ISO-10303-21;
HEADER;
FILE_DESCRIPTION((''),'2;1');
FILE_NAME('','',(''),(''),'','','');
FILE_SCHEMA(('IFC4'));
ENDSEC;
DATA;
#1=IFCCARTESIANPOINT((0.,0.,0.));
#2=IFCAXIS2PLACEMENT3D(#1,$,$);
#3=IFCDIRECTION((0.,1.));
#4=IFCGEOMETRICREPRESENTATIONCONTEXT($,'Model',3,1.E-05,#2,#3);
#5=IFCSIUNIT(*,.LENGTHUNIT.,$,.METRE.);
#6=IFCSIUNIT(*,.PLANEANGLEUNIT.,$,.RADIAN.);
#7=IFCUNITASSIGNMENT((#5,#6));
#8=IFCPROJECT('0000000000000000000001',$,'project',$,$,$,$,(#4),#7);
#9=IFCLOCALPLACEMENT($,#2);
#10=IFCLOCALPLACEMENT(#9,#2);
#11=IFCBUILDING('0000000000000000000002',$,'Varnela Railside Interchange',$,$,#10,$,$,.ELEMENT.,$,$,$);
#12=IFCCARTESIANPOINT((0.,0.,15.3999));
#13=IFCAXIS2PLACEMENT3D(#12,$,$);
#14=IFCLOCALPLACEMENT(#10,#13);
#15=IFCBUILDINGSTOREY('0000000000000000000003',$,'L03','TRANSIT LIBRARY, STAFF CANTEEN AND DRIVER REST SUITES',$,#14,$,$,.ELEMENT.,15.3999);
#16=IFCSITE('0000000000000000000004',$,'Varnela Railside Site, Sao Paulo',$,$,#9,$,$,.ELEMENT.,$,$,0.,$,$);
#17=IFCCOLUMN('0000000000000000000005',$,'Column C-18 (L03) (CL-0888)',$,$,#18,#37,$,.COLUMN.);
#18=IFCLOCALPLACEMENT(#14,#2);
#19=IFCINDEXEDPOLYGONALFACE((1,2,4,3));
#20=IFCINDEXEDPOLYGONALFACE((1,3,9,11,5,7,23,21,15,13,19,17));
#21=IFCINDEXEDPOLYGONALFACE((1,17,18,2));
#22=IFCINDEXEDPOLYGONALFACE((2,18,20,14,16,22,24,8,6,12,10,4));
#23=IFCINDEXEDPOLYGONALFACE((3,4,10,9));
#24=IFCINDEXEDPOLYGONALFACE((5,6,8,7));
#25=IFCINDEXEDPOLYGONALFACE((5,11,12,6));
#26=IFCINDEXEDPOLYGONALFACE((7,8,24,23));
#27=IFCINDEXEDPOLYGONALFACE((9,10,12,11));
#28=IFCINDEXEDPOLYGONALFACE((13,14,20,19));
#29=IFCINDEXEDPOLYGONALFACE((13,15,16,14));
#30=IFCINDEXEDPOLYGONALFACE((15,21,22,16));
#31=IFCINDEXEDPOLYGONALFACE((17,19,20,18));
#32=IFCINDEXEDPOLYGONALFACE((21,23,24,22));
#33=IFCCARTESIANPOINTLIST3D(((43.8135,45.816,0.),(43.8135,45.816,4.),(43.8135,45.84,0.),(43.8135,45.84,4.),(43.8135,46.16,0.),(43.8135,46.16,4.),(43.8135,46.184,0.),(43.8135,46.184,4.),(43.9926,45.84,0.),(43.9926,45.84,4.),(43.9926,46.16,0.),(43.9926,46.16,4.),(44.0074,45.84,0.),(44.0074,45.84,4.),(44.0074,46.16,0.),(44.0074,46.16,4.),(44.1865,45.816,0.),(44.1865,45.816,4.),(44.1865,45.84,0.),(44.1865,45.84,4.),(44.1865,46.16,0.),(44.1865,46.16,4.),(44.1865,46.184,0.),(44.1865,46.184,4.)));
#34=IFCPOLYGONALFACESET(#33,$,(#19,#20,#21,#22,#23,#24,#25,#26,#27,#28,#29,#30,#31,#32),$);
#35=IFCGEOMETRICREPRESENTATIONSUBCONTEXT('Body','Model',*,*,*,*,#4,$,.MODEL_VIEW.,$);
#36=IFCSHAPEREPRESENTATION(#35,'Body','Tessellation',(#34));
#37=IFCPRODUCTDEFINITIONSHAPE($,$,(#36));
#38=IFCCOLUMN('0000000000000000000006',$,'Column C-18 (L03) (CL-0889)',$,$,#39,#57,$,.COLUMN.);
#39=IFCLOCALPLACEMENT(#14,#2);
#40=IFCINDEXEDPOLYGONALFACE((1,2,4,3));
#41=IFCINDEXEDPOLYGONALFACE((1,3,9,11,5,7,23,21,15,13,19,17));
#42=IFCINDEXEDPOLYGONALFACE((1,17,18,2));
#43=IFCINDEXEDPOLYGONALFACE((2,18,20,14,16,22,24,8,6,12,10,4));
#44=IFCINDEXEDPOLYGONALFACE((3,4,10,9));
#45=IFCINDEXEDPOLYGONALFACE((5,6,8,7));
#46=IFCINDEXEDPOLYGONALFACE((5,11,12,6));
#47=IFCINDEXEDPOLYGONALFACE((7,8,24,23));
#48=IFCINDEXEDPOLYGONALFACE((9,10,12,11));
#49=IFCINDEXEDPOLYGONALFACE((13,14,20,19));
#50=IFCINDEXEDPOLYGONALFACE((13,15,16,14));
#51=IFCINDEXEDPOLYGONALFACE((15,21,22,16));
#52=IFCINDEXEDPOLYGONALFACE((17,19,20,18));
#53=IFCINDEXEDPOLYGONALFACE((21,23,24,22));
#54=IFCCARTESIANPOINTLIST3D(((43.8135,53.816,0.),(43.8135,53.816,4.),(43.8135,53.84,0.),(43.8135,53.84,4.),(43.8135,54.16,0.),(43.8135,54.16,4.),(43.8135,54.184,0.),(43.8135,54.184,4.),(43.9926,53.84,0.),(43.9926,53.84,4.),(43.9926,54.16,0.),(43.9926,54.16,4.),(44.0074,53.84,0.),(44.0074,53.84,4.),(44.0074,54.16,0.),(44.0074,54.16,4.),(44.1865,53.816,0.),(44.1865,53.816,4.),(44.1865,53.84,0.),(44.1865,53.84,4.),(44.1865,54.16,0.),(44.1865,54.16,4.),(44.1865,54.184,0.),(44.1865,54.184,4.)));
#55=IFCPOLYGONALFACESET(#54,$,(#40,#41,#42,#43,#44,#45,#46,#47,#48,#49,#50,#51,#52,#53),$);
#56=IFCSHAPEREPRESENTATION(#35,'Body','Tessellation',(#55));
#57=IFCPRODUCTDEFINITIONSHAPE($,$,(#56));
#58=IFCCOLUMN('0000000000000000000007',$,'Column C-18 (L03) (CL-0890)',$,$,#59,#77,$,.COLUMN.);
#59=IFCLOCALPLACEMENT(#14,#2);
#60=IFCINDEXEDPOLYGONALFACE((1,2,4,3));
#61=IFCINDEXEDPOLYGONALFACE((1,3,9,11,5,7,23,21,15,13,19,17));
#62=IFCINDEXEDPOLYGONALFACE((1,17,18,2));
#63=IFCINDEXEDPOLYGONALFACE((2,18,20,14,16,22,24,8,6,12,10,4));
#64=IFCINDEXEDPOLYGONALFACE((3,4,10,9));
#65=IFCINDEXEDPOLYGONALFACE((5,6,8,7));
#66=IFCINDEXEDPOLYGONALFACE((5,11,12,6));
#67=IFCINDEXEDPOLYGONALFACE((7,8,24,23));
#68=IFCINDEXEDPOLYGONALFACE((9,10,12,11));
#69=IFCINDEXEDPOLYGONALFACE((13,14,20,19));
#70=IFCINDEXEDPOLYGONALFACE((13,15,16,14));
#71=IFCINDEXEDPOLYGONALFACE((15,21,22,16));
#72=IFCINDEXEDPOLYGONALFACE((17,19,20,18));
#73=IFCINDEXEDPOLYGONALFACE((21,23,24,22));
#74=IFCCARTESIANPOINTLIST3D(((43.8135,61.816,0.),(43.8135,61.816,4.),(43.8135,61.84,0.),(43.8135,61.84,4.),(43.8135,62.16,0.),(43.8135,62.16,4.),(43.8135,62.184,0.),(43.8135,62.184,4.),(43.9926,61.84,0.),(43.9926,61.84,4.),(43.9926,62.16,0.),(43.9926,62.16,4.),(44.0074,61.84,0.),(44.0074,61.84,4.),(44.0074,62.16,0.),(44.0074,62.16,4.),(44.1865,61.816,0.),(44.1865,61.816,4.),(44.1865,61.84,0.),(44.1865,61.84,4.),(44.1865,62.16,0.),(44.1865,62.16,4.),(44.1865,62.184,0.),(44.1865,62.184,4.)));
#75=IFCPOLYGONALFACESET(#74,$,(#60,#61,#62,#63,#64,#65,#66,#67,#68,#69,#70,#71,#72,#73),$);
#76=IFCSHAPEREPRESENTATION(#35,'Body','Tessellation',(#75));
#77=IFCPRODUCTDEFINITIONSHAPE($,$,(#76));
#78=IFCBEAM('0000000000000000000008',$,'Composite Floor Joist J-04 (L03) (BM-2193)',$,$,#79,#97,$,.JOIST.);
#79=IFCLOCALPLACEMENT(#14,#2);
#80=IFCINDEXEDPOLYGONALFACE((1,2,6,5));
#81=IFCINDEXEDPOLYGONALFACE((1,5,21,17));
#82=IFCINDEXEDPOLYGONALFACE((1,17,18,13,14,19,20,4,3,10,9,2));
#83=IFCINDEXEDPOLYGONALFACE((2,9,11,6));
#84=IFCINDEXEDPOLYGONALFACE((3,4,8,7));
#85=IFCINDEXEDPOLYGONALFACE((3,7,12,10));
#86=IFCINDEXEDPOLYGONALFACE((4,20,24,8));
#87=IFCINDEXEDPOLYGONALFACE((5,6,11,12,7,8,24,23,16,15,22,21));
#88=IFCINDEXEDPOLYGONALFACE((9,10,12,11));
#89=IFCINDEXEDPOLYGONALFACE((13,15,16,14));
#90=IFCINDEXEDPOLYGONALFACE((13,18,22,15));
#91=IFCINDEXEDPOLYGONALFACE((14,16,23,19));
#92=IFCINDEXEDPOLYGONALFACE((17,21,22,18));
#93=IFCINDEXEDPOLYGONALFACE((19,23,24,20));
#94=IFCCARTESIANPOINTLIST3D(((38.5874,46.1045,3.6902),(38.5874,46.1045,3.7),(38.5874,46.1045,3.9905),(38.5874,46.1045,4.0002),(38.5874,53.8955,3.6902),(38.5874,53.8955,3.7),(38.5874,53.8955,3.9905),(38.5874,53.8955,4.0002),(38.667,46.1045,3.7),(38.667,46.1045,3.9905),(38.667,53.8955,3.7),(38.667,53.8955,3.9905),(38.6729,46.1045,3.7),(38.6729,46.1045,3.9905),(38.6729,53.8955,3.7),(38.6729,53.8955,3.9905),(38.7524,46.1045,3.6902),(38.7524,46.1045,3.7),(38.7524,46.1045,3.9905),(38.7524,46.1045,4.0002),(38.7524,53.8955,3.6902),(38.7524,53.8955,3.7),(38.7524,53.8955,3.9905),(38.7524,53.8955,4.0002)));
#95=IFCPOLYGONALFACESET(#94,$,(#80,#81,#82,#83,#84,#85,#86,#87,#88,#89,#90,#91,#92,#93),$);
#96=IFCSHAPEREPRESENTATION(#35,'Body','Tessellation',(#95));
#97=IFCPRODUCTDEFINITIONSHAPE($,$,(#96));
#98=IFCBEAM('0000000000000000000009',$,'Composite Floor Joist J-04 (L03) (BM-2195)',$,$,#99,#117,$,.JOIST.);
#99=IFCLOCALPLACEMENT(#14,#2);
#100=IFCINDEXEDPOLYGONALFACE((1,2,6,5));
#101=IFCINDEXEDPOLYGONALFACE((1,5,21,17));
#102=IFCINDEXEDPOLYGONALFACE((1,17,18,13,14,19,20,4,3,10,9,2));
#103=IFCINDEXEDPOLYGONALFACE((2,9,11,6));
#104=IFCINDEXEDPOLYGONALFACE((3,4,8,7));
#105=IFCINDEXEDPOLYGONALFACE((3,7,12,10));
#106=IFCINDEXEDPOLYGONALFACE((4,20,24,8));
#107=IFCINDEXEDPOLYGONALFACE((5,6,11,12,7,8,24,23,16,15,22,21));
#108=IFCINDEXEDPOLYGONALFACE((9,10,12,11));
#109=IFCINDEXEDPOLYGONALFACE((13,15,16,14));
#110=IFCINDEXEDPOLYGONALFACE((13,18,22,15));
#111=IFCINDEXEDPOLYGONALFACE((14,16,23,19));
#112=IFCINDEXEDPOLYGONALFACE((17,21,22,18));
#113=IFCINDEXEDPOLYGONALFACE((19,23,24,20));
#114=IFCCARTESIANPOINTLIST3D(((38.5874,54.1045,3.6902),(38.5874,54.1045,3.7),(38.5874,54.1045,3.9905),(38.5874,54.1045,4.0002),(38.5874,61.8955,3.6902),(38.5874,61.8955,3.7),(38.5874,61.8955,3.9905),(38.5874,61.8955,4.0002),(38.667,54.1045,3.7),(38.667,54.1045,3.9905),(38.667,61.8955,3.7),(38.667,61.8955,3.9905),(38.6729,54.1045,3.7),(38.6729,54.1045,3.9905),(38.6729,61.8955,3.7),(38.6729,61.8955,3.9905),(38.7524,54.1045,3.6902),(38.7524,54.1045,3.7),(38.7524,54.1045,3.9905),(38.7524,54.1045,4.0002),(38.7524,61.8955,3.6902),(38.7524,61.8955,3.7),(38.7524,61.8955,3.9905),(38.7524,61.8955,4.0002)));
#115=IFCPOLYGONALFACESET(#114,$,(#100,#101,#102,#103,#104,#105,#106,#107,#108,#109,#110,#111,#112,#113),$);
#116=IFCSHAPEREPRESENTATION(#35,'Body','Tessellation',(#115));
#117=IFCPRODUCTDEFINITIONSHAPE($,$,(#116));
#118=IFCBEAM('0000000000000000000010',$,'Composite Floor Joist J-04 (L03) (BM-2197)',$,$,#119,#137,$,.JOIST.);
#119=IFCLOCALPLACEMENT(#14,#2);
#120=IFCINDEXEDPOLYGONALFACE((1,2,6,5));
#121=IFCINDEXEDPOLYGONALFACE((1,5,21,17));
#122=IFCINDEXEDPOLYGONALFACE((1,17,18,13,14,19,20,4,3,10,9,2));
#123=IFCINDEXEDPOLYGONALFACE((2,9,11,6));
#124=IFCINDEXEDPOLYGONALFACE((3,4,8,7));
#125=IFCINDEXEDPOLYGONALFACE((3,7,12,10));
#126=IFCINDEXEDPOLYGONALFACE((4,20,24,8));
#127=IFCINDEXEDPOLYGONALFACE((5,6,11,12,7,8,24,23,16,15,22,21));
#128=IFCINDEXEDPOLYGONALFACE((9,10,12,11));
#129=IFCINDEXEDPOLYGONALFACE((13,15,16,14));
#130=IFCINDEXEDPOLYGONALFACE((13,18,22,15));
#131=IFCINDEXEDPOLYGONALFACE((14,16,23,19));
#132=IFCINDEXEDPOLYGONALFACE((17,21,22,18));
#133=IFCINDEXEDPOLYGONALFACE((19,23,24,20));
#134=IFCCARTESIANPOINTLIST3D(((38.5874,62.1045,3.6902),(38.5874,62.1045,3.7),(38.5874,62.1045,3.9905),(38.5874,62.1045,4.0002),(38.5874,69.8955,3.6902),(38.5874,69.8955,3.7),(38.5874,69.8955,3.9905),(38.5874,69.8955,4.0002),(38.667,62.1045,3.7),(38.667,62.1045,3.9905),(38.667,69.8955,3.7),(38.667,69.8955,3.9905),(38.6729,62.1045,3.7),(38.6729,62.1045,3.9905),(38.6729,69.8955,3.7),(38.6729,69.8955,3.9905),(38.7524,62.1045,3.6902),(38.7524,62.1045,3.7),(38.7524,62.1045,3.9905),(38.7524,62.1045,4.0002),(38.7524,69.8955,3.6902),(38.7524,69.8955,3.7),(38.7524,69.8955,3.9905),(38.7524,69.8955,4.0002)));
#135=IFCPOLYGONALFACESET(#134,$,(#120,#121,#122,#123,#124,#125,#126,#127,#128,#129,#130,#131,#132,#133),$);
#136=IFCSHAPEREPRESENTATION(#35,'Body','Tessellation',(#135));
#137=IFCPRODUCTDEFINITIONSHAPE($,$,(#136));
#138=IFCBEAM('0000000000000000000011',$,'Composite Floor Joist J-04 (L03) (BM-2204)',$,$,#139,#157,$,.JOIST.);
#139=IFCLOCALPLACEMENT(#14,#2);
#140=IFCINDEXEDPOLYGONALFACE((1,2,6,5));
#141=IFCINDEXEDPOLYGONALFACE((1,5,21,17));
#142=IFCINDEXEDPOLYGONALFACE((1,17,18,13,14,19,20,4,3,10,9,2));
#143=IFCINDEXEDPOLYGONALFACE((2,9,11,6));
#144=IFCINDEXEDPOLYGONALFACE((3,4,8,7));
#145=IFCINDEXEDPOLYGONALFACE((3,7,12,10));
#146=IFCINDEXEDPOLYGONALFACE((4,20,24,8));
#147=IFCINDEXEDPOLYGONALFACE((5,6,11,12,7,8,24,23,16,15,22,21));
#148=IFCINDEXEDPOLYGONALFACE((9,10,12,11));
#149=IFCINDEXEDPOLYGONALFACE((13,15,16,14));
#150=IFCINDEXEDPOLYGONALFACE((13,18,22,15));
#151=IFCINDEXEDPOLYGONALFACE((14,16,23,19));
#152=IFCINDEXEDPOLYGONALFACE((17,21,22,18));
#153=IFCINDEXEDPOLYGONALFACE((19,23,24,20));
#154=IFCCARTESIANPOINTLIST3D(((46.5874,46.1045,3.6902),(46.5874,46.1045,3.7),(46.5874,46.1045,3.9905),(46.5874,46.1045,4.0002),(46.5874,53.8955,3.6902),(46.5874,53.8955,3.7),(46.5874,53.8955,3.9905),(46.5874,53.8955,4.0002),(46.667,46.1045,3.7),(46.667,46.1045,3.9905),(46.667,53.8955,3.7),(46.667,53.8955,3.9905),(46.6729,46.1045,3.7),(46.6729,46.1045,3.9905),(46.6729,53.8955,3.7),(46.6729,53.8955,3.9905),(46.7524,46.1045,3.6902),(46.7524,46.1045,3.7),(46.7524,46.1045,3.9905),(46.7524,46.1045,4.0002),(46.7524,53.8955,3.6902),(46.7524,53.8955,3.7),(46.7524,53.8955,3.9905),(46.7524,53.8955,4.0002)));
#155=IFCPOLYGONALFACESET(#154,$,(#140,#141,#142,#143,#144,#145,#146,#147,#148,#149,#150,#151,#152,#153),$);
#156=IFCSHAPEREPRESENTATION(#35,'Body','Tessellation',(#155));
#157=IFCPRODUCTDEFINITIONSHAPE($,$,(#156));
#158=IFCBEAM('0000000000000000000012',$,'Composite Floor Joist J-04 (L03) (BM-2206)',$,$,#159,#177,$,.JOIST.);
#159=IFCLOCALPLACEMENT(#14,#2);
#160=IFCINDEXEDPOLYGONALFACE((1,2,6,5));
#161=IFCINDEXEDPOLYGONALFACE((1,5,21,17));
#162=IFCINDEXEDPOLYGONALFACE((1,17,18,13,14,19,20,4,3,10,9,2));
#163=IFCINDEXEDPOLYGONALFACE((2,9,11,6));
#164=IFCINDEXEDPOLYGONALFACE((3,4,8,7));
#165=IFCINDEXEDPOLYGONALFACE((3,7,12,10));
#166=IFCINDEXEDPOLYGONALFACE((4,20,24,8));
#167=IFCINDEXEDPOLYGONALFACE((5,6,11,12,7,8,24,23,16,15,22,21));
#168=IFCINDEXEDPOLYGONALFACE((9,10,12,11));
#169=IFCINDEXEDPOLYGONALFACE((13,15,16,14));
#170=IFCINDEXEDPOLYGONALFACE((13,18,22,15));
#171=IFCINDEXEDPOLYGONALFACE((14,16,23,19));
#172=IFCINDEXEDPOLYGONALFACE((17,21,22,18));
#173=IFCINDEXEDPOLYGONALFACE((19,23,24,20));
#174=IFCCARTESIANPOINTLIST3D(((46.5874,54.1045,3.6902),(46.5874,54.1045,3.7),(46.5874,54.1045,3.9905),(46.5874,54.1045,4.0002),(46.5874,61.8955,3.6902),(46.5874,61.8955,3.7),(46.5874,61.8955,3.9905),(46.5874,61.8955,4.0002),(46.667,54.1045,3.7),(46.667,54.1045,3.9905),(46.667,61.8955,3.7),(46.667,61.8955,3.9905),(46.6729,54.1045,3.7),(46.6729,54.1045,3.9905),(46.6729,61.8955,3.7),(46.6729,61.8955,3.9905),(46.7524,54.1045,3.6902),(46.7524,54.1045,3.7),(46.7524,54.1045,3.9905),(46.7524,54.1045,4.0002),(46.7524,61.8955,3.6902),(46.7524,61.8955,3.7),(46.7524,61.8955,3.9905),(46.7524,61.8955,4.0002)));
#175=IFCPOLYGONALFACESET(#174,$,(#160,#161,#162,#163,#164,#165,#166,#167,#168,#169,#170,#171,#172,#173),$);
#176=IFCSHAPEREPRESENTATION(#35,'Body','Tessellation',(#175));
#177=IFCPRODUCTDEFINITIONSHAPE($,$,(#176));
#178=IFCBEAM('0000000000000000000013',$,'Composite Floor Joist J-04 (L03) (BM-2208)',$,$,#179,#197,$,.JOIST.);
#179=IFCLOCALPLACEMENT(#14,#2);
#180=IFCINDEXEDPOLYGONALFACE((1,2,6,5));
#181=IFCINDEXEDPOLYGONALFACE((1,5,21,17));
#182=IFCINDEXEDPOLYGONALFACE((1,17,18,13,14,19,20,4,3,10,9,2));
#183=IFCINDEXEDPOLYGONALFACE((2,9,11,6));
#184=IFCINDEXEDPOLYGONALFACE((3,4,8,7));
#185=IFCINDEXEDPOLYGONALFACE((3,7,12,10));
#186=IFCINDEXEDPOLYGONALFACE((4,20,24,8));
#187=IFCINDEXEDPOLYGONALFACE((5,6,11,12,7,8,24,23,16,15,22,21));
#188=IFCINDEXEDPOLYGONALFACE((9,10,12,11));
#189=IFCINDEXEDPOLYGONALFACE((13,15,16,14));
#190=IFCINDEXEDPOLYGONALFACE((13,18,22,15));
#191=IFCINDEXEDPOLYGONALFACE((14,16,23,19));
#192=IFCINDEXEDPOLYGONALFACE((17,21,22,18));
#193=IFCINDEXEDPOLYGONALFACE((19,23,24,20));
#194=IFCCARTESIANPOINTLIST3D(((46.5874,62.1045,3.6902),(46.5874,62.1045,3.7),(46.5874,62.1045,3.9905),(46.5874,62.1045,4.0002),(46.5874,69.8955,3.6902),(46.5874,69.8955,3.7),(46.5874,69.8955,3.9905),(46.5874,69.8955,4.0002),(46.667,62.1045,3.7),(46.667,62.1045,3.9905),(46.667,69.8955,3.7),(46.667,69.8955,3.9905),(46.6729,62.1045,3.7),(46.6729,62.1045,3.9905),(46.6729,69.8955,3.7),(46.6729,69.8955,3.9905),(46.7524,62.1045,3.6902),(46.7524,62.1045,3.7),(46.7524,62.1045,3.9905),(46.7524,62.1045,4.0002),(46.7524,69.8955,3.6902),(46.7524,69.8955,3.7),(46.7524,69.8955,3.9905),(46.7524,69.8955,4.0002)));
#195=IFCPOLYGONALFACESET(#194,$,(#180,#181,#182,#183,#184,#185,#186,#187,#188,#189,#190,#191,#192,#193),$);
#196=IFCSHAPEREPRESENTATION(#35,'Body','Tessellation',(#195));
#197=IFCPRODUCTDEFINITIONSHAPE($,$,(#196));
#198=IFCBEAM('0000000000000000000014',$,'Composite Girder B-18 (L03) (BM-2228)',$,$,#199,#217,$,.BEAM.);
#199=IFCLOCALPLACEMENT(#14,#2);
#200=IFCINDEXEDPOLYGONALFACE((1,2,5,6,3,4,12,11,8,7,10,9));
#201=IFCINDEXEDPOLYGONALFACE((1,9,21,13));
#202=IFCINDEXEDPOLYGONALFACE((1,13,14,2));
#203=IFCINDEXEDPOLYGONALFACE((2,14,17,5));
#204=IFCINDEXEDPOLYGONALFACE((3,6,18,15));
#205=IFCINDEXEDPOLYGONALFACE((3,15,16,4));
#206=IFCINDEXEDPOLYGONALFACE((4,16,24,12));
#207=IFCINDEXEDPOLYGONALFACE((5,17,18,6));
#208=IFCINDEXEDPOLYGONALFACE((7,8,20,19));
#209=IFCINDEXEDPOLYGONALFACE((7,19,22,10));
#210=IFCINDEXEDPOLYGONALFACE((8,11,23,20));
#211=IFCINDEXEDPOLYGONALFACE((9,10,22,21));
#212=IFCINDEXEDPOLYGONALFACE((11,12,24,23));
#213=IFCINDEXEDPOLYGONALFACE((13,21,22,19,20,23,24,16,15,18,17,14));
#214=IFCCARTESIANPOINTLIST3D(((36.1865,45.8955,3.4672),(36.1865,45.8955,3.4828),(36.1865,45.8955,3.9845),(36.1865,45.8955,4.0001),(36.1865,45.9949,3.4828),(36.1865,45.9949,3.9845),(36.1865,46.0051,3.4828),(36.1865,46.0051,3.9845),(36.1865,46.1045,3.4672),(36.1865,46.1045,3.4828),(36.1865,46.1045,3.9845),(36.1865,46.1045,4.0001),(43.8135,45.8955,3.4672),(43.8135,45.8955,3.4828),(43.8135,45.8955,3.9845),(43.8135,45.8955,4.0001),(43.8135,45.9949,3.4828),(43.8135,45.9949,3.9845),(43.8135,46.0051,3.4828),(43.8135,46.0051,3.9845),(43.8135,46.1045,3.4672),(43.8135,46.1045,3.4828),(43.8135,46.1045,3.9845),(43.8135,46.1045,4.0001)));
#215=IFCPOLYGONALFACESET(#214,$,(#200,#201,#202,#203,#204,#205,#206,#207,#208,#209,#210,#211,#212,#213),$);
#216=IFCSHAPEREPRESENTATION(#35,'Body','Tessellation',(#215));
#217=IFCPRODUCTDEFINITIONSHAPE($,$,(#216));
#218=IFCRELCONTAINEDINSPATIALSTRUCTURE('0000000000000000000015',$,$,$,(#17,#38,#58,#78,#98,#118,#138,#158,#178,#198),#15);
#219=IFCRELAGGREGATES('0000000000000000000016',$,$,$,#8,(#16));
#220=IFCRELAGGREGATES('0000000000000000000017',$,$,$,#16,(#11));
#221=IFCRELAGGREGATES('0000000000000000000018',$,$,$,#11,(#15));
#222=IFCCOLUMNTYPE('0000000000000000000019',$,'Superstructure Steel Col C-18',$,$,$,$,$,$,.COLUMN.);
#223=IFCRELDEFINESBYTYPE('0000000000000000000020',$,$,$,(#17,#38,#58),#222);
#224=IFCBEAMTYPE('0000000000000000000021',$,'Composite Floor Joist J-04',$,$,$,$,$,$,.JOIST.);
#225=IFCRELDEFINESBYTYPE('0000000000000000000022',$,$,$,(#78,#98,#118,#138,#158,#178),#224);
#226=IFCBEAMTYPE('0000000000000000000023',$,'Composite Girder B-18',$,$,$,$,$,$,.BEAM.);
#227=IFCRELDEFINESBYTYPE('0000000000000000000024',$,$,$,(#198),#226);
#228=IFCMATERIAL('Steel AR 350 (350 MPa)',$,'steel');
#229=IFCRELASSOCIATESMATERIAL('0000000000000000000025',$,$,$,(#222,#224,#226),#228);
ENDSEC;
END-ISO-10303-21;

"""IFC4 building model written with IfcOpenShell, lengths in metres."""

from ifc_helpers import new_model, si_unit, direction, frame, origin, origin_2d, place, context, subcontext, project, spatial, i_section, extrude, material, material_profile, profile_set, type_object, element, save


model = new_model("IFC4")

# Units and contexts
model_context = context("Model", 3, precision=1e-05, world=origin(), true_north=direction((0.0, 1.0)))
body_context = subcontext(model_context, "Body", "Model", "MODEL_VIEW")
ifc_project = project(units=[si_unit("LENGTHUNIT", "METRE"), si_unit("PLANEANGLEUNIT", "RADIAN")], contexts=[model_context])

# Site, building, storey
site_placement = place(None, origin())
site = spatial("IfcSite", under=ifc_project, at=site_placement, Name="Varnela Railside Site, Sao Paulo", CompositionType="ELEMENT", RefElevation=0.0)
building_placement = place(site_placement, origin())
building = spatial("IfcBuilding", under=site, at=building_placement, Name="Varnela Railside Interchange", CompositionType="ELEMENT")
storey_placement = place(building_placement, frame((0.0, 0.0, 15.3999)))
storey = spatial("IfcBuildingStorey", under=building, at=storey_placement, Name="L03", Description="TRANSIT LIBRARY, STAFF CANTEEN AND DRIVER REST SUITES", CompositionType="ELEMENT", Elevation=15.3999)

# Columns
ifc_material = material(Name="Steel AR 350 (350 MPa)", Category="steel")
ifc_material_profile_1 = material_profile(ifc_material, i_section(OverallWidth=0.373, OverallDepth=0.3679, WebThickness=0.0149, FlangeThickness=0.0239, at=origin_2d()), Name="W360x179")
ifc_profile_set_1 = profile_set([ifc_material_profile_1], Name="Steel AR 350 (350 MPa)")
column_type = type_object("IfcColumnType", Name="Superstructure Steel Col C-18", PredefinedType="COLUMN", material=ifc_profile_set_1)
for number, where, z_axis, x_axis, name in (
    (1, (44.0, 46.0, 0.0), (0.0, 0.0, 1.0), (1.0, 0.0, 0.0), "Column C-18 (L03) (CL-0888)"),
    (2, (44.0, 54.0, 0.0), (0.0, 0.0, 1.0), (1.0, 0.0, 0.0), "Column C-18 (L03) (CL-0889)"),
    (3, (44.0, 62.0, 0.0), (0.0, 0.0, 1.0), (1.0, 0.0, 0.0), "Column C-18 (L03) (CL-0890)"),
):
    element("IfcColumn", number, at=place(storey_placement, frame(where, z_axis=z_axis, x_axis=x_axis)), inside=storey, type_object=column_type, Name=name, PredefinedType="COLUMN", context=body_context, shape_type="SweptSolid", body=[
        extrude(i_section(OverallWidth=0.373, OverallDepth=0.3679, WebThickness=0.0149, FlangeThickness=0.0239, at=origin_2d()), origin(), (0.0, 0.0, 1.0), 4.0),
    ])

# Beams
ifc_material_profile_2 = material_profile(ifc_material, i_section(OverallWidth=0.165, OverallDepth=0.3101, WebThickness=0.0059, FlangeThickness=0.0098, at=origin_2d()), Name="W310x38.7")
ifc_profile_set_2 = profile_set([ifc_material_profile_2], Name="Steel AR 350 (350 MPa)")
beam_type_1 = type_object("IfcBeamType", Name="Composite Floor Joist J-04", PredefinedType="JOIST", material=ifc_profile_set_2)
for number, where, z_axis, x_axis, name in (
    (4, (38.6699, 46.1045, 3.8452), (0.0, 1.0, 0.0), (-1.0, 0.0, 0.0), "Composite Floor Joist J-04 (L03) (BM-2193)"),
    (5, (38.6699, 54.1045, 3.8452), (0.0, 1.0, 0.0), (-1.0, 0.0, 0.0), "Composite Floor Joist J-04 (L03) (BM-2195)"),
    (6, (38.6699, 62.1045, 3.8452), (0.0, 1.0, 0.0), (-1.0, 0.0, 0.0), "Composite Floor Joist J-04 (L03) (BM-2197)"),
    (7, (46.6699, 46.1045, 3.8452), (0.0, 1.0, 0.0), (-1.0, 0.0, 0.0), "Composite Floor Joist J-04 (L03) (BM-2204)"),
    (8, (46.6699, 54.1045, 3.8452), (0.0, 1.0, 0.0), (-1.0, 0.0, 0.0), "Composite Floor Joist J-04 (L03) (BM-2206)"),
    (9, (46.6699, 62.1045, 3.8452), (0.0, 1.0, 0.0), (-1.0, 0.0, 0.0), "Composite Floor Joist J-04 (L03) (BM-2208)"),
):
    element("IfcBeam", number, at=place(storey_placement, frame(where, z_axis=z_axis, x_axis=x_axis)), inside=storey, type_object=beam_type_1, Name=name, PredefinedType="JOIST", context=body_context, shape_type="SweptSolid", body=[
        extrude(i_section(OverallWidth=0.165, OverallDepth=0.3101, WebThickness=0.0059, FlangeThickness=0.0098, at=origin_2d()), origin(), (0.0, 0.0, 1.0), 7.791),
    ])
ifc_material_profile_3 = material_profile(ifc_material, i_section(OverallWidth=0.209, OverallDepth=0.533, WebThickness=0.0103, FlangeThickness=0.0156, at=origin_2d()), Name="W530x92")
ifc_profile_set_3 = profile_set([ifc_material_profile_3], Name="Steel AR 350 (350 MPa)")
beam_type_2 = type_object("IfcBeamType", Name="Composite Girder B-18", PredefinedType="BEAM", material=ifc_profile_set_3)
beam_placement = place(storey_placement, frame((36.1865, 46.0, 3.7336), z_axis=(1.0, 0.0, 0.0), x_axis=(0.0, 1.0, 0.0)))
element("IfcBeam", 10, at=beam_placement, inside=storey, type_object=beam_type_2, Name="Composite Girder B-18 (L03) (BM-2228)", PredefinedType="BEAM", context=body_context, shape_type="SweptSolid", body=[
    extrude(i_section(OverallWidth=0.209, OverallDepth=0.533, WebThickness=0.0103, FlangeThickness=0.0156, at=origin_2d()), origin(), (0.0, 0.0, 1.0), 7.627),
])

save(model, "model.ifc")
